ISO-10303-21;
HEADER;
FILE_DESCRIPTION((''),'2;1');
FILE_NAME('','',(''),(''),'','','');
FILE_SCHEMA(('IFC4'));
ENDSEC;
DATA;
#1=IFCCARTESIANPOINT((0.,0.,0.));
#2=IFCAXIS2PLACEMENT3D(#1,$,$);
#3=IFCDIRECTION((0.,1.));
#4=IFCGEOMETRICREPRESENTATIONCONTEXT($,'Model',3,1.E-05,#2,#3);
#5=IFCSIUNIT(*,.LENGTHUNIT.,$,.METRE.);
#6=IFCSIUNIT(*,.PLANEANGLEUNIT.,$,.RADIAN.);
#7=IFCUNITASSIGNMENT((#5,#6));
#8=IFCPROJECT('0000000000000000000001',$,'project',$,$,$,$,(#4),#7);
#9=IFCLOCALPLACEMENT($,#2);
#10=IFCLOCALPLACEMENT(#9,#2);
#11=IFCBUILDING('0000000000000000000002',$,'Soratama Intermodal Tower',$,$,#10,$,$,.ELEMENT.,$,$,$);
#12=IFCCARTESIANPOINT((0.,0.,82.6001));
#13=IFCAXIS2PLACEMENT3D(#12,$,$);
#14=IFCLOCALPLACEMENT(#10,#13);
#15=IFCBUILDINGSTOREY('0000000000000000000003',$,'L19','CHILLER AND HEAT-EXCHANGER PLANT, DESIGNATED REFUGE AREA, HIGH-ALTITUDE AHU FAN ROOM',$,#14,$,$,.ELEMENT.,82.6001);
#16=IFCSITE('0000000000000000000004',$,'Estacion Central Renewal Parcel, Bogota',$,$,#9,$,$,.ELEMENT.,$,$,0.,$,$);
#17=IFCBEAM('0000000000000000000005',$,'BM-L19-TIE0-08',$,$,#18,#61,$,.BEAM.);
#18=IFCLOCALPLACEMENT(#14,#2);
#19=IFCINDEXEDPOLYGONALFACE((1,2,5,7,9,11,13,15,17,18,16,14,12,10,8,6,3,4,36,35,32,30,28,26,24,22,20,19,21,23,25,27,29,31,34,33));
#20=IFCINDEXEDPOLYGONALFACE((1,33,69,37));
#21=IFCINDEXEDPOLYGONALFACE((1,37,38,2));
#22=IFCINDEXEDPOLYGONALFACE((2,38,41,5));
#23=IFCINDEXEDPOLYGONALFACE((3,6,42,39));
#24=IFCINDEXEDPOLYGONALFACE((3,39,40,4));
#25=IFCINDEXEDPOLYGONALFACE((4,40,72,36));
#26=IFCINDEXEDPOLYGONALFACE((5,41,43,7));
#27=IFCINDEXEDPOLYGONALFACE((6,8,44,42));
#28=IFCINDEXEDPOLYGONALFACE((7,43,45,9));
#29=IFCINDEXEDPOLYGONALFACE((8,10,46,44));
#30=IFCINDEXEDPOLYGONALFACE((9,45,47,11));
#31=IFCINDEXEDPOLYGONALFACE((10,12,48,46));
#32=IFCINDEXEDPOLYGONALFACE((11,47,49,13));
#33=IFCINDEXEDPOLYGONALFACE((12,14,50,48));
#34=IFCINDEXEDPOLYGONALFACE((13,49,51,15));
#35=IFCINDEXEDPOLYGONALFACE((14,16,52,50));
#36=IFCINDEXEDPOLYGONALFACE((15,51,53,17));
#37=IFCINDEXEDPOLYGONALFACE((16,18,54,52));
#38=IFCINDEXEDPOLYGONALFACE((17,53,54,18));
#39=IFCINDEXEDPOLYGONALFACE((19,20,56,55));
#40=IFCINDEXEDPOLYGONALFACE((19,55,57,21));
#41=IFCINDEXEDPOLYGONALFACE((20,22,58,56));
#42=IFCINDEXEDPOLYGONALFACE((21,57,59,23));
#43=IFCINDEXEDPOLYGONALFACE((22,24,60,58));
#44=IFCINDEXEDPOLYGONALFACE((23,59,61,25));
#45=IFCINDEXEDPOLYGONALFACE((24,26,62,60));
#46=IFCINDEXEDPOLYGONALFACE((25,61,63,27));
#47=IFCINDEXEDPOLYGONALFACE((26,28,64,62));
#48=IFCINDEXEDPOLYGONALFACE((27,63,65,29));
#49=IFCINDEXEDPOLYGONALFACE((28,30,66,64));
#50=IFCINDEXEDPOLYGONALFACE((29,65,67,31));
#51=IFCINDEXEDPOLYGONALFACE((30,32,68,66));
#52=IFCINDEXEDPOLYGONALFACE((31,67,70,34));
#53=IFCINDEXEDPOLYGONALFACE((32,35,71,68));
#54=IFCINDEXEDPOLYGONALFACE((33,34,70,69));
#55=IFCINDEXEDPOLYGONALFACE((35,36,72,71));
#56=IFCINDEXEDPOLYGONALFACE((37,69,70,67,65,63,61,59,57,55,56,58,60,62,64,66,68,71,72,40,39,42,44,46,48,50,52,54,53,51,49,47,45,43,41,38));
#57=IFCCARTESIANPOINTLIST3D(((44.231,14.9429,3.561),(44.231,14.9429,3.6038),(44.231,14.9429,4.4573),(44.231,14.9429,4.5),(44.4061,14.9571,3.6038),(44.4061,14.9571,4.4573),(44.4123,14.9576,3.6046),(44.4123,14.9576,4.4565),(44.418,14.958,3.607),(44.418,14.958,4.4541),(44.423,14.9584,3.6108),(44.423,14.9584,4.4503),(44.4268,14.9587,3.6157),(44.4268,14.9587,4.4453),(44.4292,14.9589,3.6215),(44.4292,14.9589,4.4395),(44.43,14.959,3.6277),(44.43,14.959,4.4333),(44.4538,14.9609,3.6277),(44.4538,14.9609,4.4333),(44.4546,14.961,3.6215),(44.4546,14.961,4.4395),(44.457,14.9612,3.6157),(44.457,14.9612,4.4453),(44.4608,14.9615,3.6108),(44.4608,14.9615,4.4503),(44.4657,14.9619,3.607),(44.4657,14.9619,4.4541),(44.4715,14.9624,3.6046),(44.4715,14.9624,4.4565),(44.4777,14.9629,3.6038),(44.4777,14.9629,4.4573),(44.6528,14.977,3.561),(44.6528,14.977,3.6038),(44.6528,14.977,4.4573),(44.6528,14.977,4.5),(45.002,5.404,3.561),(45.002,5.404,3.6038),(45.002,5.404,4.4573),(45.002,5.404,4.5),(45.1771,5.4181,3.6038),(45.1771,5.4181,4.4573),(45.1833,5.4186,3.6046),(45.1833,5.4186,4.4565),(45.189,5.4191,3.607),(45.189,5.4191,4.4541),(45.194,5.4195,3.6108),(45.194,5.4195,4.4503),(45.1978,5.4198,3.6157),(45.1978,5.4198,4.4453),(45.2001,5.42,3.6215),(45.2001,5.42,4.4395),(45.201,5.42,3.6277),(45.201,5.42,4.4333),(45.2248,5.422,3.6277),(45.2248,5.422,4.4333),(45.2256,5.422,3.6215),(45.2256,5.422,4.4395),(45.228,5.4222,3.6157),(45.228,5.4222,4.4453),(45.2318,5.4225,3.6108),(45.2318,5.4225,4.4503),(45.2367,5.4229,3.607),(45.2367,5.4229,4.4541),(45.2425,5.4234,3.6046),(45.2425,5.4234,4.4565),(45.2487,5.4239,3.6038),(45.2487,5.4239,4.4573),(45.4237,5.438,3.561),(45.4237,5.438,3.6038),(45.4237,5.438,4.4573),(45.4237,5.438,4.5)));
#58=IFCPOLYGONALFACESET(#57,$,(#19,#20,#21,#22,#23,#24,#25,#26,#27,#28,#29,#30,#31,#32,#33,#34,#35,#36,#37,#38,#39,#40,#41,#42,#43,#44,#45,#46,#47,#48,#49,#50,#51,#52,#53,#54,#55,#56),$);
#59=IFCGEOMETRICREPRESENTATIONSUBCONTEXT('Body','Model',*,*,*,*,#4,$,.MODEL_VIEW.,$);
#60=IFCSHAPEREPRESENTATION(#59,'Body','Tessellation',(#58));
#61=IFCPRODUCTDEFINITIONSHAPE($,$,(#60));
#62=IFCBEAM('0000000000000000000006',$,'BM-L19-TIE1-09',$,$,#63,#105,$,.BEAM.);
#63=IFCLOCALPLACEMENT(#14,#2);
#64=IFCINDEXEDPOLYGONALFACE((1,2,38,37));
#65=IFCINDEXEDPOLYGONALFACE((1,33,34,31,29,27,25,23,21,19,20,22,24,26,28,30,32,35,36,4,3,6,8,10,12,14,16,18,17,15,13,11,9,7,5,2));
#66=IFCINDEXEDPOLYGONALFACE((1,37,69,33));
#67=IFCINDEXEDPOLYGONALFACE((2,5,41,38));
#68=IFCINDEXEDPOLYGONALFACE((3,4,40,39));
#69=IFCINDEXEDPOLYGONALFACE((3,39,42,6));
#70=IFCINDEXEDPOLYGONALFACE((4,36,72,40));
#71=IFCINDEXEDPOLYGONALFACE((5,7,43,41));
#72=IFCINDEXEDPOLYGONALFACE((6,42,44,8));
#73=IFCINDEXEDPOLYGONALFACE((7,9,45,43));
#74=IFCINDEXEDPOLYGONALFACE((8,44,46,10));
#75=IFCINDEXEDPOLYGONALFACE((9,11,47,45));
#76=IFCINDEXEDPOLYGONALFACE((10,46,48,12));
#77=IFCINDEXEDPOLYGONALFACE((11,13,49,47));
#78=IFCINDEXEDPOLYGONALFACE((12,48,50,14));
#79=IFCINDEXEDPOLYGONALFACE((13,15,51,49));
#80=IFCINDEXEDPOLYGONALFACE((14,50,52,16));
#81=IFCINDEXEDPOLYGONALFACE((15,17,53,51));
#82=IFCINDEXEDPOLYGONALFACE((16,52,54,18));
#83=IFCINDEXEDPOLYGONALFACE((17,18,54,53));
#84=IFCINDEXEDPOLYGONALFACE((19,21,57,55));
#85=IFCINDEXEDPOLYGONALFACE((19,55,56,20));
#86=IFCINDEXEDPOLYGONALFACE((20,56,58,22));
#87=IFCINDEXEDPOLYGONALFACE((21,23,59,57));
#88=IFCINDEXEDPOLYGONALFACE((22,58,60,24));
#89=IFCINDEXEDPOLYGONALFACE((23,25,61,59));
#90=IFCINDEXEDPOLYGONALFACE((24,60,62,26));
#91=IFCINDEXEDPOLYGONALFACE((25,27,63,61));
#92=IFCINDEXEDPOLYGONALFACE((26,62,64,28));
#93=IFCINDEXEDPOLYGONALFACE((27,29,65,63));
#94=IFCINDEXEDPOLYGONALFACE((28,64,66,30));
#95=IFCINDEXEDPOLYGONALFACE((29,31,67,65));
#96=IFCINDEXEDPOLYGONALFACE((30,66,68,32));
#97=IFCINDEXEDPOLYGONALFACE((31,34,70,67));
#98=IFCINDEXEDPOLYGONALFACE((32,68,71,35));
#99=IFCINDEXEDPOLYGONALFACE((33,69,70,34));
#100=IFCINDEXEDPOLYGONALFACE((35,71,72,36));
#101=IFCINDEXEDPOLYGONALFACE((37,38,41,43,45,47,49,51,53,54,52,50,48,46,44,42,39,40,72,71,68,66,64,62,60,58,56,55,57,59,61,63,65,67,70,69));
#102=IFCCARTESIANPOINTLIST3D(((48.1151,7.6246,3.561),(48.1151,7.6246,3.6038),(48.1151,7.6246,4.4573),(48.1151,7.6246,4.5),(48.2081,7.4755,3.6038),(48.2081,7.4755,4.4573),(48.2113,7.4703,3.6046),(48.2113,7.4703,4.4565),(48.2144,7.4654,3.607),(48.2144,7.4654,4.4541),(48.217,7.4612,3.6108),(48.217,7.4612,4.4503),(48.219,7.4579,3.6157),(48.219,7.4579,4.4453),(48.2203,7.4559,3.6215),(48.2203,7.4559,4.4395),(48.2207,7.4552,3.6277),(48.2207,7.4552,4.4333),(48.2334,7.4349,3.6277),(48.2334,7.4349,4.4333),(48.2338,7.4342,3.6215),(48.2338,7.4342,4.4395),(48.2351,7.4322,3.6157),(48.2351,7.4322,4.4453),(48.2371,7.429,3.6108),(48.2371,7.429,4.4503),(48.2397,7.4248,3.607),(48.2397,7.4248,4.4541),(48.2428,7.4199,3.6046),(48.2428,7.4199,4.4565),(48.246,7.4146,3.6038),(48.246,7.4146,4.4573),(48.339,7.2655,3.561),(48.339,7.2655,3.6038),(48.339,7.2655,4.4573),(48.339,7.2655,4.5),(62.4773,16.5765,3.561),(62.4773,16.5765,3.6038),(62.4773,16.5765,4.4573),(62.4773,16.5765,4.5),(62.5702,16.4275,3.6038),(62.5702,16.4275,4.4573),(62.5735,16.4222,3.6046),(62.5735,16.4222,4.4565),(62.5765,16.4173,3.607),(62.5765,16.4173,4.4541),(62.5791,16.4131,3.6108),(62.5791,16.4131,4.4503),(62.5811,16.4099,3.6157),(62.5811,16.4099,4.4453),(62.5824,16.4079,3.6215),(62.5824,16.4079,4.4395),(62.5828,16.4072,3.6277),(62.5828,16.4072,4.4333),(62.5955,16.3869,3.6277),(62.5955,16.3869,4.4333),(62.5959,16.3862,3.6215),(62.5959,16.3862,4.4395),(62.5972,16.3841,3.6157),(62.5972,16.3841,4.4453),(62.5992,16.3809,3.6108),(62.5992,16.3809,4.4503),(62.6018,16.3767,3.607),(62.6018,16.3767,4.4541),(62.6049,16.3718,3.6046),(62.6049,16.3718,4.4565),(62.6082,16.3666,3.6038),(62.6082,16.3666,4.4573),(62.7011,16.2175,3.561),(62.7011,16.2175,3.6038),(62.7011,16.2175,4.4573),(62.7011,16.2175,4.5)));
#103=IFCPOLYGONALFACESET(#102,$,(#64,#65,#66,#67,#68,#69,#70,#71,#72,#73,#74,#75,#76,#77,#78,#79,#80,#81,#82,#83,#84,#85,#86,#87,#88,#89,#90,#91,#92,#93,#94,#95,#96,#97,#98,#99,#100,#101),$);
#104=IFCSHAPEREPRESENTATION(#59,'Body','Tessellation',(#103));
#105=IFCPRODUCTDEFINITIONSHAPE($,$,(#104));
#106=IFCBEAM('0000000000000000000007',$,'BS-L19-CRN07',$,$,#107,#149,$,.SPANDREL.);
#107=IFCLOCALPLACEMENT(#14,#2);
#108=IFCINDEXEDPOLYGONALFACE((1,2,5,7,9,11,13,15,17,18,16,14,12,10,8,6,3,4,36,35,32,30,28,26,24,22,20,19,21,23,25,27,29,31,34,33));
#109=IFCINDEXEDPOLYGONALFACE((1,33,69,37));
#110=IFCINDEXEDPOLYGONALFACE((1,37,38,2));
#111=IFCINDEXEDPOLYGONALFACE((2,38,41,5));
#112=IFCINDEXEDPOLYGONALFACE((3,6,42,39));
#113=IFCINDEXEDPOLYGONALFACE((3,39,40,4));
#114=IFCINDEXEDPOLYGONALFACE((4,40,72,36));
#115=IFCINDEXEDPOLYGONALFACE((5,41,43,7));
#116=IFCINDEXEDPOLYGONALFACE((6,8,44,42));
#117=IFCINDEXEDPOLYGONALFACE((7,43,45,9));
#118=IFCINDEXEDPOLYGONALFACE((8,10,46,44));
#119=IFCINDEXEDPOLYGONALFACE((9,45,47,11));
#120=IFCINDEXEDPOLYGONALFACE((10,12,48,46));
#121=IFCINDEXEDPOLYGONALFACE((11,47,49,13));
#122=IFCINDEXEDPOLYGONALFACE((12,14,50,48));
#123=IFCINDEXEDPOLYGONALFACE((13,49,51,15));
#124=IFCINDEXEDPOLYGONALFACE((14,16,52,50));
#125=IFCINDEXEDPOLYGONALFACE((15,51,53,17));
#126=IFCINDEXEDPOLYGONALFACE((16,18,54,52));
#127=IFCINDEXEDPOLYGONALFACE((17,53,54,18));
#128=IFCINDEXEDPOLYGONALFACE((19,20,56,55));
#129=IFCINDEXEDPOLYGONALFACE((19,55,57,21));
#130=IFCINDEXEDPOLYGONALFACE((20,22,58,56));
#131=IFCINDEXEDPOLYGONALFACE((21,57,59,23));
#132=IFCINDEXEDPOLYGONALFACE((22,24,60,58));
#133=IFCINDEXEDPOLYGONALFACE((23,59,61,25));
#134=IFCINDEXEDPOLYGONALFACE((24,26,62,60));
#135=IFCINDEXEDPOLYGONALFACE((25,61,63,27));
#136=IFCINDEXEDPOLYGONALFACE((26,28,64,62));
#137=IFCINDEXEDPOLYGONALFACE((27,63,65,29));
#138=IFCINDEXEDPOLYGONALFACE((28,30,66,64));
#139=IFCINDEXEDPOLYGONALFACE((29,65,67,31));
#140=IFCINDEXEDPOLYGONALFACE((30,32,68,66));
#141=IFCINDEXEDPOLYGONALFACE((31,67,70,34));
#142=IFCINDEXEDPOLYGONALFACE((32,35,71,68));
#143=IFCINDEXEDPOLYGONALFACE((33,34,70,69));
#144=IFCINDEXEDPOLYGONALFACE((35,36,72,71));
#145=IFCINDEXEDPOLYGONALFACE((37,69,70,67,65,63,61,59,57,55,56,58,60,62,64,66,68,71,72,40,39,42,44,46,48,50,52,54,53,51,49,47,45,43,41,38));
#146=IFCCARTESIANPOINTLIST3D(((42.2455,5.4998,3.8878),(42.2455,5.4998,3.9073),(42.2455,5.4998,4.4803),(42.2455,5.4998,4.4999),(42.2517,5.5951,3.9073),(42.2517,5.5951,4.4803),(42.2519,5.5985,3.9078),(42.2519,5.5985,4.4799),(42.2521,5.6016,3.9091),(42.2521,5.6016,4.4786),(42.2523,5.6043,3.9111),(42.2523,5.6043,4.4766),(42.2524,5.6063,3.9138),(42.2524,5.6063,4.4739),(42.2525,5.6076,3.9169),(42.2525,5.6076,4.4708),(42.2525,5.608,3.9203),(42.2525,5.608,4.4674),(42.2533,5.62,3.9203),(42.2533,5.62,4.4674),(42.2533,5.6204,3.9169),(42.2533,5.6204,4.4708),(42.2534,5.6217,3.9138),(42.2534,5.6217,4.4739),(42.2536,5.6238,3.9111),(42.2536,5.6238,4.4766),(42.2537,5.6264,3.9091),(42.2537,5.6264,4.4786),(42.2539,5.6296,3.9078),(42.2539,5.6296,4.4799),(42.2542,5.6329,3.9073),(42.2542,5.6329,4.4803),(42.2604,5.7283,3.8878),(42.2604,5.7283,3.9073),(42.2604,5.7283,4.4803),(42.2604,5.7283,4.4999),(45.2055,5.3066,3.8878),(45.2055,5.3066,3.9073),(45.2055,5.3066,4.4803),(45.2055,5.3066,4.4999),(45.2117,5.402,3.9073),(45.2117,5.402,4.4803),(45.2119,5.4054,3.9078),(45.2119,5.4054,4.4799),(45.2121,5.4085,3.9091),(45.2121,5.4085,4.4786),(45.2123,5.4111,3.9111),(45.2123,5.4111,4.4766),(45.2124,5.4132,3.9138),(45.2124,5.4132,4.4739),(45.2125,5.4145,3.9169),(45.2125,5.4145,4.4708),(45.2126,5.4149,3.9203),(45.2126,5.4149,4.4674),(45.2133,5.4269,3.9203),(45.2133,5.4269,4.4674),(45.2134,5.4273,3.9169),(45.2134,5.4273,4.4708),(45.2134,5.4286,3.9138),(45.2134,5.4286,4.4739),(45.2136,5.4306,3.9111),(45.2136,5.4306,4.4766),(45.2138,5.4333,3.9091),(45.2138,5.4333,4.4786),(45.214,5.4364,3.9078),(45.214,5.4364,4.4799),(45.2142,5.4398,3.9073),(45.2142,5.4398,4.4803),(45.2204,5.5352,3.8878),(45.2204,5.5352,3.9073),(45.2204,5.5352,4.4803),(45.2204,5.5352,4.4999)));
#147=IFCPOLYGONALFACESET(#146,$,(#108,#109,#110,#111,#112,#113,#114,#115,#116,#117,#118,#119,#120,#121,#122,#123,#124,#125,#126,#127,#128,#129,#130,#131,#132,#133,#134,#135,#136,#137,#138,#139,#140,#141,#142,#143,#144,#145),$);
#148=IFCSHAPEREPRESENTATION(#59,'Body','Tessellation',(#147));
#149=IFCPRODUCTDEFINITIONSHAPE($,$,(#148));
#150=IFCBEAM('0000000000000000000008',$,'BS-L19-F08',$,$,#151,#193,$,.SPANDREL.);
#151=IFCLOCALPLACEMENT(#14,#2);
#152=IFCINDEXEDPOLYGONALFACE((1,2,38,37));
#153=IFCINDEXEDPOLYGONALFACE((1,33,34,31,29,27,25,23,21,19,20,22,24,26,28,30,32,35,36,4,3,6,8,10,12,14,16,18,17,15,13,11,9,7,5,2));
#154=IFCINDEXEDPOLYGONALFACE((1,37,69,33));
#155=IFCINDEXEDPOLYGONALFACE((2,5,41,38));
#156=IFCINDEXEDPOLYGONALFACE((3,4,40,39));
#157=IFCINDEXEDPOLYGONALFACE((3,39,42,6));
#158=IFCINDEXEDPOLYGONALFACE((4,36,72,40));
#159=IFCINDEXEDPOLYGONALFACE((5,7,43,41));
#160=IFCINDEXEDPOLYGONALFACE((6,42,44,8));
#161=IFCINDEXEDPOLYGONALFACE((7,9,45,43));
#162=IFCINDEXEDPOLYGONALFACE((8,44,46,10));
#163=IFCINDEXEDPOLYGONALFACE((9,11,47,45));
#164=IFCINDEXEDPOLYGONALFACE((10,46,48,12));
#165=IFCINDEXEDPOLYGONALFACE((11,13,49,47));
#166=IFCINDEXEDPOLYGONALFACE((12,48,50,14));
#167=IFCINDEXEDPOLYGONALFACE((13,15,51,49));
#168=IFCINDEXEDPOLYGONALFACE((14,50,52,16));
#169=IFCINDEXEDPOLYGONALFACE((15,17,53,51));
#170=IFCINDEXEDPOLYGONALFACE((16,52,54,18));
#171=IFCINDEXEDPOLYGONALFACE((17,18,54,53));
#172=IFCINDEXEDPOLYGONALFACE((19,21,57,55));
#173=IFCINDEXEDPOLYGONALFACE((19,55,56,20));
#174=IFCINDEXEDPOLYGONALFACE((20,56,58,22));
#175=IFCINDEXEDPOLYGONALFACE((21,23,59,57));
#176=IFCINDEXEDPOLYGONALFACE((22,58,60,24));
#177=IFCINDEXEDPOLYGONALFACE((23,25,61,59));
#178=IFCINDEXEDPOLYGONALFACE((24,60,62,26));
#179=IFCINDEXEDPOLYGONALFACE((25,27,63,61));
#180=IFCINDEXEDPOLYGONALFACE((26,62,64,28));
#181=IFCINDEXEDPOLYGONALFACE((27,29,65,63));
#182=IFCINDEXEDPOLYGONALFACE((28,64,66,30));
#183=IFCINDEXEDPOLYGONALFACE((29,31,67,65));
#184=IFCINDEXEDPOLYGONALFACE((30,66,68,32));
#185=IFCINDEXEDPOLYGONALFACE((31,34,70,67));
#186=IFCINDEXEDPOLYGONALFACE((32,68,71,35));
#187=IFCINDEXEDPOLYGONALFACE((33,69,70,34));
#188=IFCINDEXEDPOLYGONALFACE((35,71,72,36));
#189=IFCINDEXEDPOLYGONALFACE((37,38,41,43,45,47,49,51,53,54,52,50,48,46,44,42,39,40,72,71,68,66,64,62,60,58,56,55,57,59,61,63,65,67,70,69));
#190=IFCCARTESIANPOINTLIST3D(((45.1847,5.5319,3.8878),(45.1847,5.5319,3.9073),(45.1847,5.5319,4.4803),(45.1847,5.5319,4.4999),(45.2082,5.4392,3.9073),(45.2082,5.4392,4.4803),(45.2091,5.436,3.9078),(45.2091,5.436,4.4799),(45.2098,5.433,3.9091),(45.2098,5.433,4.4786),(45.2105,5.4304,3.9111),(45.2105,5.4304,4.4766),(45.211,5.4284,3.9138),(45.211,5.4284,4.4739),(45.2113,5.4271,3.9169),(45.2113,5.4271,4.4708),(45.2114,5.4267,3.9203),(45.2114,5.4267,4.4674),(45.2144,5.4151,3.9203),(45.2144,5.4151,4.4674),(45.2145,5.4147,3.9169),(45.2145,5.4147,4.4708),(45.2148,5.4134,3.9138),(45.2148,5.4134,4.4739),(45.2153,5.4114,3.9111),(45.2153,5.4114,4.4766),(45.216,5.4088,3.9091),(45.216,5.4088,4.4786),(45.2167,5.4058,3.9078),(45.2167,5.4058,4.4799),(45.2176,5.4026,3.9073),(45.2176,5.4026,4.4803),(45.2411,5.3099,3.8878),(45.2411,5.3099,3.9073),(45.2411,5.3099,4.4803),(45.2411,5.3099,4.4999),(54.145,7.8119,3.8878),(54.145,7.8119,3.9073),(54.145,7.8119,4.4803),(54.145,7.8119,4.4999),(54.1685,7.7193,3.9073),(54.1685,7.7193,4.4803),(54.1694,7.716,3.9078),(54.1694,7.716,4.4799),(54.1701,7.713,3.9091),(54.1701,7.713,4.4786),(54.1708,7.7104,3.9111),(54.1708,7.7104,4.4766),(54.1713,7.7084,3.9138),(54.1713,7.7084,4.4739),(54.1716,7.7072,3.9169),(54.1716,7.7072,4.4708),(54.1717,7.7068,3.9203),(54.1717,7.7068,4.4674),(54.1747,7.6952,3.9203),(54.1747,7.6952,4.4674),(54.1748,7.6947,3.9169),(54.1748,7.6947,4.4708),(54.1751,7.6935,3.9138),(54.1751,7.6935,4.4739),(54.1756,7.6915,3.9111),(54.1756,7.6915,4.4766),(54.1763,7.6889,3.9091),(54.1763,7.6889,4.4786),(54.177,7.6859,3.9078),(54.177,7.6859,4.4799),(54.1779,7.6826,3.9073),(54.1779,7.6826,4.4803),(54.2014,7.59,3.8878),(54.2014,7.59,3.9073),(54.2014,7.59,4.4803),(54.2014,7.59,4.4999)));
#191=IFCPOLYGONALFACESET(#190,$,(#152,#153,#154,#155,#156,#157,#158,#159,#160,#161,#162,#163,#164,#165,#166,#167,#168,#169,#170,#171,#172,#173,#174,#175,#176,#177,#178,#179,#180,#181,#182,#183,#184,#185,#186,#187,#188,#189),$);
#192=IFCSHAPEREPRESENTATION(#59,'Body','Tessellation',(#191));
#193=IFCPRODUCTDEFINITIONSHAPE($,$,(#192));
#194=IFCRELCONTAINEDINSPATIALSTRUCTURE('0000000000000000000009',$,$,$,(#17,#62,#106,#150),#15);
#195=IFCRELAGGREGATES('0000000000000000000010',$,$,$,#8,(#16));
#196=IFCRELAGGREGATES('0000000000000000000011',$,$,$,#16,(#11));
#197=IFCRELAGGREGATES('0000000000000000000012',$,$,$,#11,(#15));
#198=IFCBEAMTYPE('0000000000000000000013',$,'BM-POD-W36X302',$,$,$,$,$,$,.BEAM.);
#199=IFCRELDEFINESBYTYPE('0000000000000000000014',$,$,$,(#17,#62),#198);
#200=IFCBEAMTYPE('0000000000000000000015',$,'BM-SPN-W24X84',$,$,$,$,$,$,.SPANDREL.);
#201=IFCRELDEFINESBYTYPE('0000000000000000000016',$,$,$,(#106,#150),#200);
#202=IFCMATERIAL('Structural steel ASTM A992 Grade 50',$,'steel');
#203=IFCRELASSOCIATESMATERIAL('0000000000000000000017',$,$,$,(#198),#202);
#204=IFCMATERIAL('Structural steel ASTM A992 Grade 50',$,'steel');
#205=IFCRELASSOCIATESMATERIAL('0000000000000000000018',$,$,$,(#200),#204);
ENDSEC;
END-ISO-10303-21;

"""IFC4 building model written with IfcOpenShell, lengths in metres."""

from ifc_helpers import new_model, si_unit, direction, frame, origin, origin_2d, place, context, subcontext, project, spatial, i_section, extrude, material, material_profile, profile_set, type_object, element, save


model = new_model("IFC4")

# Units and contexts
model_context = context("Model", 3, precision=1e-05, world=origin(), true_north=direction((0.0, 1.0)))
body_context = subcontext(model_context, "Body", "Model", "MODEL_VIEW")
ifc_project = project(units=[si_unit("LENGTHUNIT", "METRE"), si_unit("PLANEANGLEUNIT", "RADIAN")], contexts=[model_context])

# Site, building, storey
site_placement = place(None, origin())
site = spatial("IfcSite", under=ifc_project, at=site_placement, Name="Estacion Central Renewal Parcel, Bogota", CompositionType="ELEMENT", RefElevation=0.0)
building_placement = place(site_placement, origin())
building = spatial("IfcBuilding", under=site, at=building_placement, Name="Soratama Intermodal Tower", CompositionType="ELEMENT")
storey_placement = place(building_placement, frame((0.0, 0.0, 82.6001)))
storey = spatial("IfcBuildingStorey", under=building, at=storey_placement, Name="L19", Description="CHILLER AND HEAT-EXCHANGER PLANT, DESIGNATED REFUGE AREA, HIGH-ALTITUDE AHU FAN ROOM", CompositionType="ELEMENT", Elevation=82.6001)

# Beams
ifc_material_1 = material(Name="Structural steel ASTM A992 Grade 50", Category="steel")
ifc_material_profile_1 = material_profile(ifc_material_1, i_section(OverallWidth=0.4231, OverallDepth=0.939, WebThickness=0.0239, FlangeThickness=0.0427, FilletRadius=0.0239, at=origin_2d()), Name="W36X302")
ifc_profile_set_1 = profile_set([ifc_material_profile_1], Name="Structural steel ASTM A992 Grade 50")
beam_type_1 = type_object("IfcBeamType", Name="BM-POD-W36X302", PredefinedType="BEAM", material=ifc_profile_set_1)
beam_1_placement = place(storey_placement, frame((44.4419, 14.96, 4.0305), z_axis=(0.080562, -0.99675, 0.0), x_axis=(0.99675, 0.080562, 0.0)))
element("IfcBeam", 1, at=beam_1_placement, inside=storey, type_object=beam_type_1, Name="BM-L19-TIE0-08", PredefinedType="BEAM", context=body_context, shape_type="SweptSolid", body=[
    extrude(i_section(OverallWidth=0.4231, OverallDepth=0.939, WebThickness=0.0239, FlangeThickness=0.0427, FilletRadius=0.0239, at=origin_2d()), origin(), (0.0, 0.0, 1.0), 9.5701),
])
beam_2_placement = place(storey_placement, frame((48.2271, 7.4451, 4.0305), z_axis=(0.848645, 0.528962, 0.0), x_axis=(-0.528962, 0.848645, 0.0)))
element("IfcBeam", 2, at=beam_2_placement, inside=storey, type_object=beam_type_1, Name="BM-L19-TIE1-09", PredefinedType="BEAM", context=body_context, shape_type="SweptSolid", body=[
    extrude(i_section(OverallWidth=0.4231, OverallDepth=0.939, WebThickness=0.0239, FlangeThickness=0.0427, FilletRadius=0.0239, at=origin_2d()), origin(), (0.0, 0.0, 1.0), 16.9236),
])
ifc_material_2 = material(Name="Structural steel ASTM A992 Grade 50", Category="steel")
ifc_material_profile_2 = material_profile(ifc_material_2, i_section(OverallWidth=0.229, OverallDepth=0.6121, WebThickness=0.012, FlangeThickness=0.0195, FilletRadius=0.0129, at=origin_2d()), Name="W24X84")
ifc_profile_set_2 = profile_set([ifc_material_profile_2], Name="Structural steel ASTM A992 Grade 50")
beam_type_2 = type_object("IfcBeamType", Name="BM-SPN-W24X84", PredefinedType="SPANDREL", material=ifc_profile_set_2)
beam_3_placement = place(storey_placement, frame((42.2529, 5.614, 4.1938), z_axis=(0.997878, -0.065104, 0.0), x_axis=(0.065104, 0.997878, 0.0)))
element("IfcBeam", 3, at=beam_3_placement, inside=storey, type_object=beam_type_2, Name="BS-L19-CRN07", PredefinedType="SPANDREL", context=body_context, shape_type="SweptSolid", body=[
    extrude(i_section(OverallWidth=0.229, OverallDepth=0.6121, WebThickness=0.012, FlangeThickness=0.0195, FilletRadius=0.0129, at=origin_2d()), origin(), (0.0, 0.0, 1.0), 2.9663),
])
beam_4_placement = place(storey_placement, frame((45.2129, 5.4209, 4.1938), z_axis=(0.969117, 0.246603, 0.0), x_axis=(-0.246603, 0.969117, 0.0)))
element("IfcBeam", 4, at=beam_4_placement, inside=storey, type_object=beam_type_2, Name="BS-L19-F08", PredefinedType="SPANDREL", context=body_context, shape_type="SweptSolid", body=[
    extrude(i_section(OverallWidth=0.229, OverallDepth=0.6121, WebThickness=0.012, FlangeThickness=0.0195, FilletRadius=0.0129, at=origin_2d()), origin(), (0.0, 0.0, 1.0), 9.2458),
])

save(model, "model.ifc")
